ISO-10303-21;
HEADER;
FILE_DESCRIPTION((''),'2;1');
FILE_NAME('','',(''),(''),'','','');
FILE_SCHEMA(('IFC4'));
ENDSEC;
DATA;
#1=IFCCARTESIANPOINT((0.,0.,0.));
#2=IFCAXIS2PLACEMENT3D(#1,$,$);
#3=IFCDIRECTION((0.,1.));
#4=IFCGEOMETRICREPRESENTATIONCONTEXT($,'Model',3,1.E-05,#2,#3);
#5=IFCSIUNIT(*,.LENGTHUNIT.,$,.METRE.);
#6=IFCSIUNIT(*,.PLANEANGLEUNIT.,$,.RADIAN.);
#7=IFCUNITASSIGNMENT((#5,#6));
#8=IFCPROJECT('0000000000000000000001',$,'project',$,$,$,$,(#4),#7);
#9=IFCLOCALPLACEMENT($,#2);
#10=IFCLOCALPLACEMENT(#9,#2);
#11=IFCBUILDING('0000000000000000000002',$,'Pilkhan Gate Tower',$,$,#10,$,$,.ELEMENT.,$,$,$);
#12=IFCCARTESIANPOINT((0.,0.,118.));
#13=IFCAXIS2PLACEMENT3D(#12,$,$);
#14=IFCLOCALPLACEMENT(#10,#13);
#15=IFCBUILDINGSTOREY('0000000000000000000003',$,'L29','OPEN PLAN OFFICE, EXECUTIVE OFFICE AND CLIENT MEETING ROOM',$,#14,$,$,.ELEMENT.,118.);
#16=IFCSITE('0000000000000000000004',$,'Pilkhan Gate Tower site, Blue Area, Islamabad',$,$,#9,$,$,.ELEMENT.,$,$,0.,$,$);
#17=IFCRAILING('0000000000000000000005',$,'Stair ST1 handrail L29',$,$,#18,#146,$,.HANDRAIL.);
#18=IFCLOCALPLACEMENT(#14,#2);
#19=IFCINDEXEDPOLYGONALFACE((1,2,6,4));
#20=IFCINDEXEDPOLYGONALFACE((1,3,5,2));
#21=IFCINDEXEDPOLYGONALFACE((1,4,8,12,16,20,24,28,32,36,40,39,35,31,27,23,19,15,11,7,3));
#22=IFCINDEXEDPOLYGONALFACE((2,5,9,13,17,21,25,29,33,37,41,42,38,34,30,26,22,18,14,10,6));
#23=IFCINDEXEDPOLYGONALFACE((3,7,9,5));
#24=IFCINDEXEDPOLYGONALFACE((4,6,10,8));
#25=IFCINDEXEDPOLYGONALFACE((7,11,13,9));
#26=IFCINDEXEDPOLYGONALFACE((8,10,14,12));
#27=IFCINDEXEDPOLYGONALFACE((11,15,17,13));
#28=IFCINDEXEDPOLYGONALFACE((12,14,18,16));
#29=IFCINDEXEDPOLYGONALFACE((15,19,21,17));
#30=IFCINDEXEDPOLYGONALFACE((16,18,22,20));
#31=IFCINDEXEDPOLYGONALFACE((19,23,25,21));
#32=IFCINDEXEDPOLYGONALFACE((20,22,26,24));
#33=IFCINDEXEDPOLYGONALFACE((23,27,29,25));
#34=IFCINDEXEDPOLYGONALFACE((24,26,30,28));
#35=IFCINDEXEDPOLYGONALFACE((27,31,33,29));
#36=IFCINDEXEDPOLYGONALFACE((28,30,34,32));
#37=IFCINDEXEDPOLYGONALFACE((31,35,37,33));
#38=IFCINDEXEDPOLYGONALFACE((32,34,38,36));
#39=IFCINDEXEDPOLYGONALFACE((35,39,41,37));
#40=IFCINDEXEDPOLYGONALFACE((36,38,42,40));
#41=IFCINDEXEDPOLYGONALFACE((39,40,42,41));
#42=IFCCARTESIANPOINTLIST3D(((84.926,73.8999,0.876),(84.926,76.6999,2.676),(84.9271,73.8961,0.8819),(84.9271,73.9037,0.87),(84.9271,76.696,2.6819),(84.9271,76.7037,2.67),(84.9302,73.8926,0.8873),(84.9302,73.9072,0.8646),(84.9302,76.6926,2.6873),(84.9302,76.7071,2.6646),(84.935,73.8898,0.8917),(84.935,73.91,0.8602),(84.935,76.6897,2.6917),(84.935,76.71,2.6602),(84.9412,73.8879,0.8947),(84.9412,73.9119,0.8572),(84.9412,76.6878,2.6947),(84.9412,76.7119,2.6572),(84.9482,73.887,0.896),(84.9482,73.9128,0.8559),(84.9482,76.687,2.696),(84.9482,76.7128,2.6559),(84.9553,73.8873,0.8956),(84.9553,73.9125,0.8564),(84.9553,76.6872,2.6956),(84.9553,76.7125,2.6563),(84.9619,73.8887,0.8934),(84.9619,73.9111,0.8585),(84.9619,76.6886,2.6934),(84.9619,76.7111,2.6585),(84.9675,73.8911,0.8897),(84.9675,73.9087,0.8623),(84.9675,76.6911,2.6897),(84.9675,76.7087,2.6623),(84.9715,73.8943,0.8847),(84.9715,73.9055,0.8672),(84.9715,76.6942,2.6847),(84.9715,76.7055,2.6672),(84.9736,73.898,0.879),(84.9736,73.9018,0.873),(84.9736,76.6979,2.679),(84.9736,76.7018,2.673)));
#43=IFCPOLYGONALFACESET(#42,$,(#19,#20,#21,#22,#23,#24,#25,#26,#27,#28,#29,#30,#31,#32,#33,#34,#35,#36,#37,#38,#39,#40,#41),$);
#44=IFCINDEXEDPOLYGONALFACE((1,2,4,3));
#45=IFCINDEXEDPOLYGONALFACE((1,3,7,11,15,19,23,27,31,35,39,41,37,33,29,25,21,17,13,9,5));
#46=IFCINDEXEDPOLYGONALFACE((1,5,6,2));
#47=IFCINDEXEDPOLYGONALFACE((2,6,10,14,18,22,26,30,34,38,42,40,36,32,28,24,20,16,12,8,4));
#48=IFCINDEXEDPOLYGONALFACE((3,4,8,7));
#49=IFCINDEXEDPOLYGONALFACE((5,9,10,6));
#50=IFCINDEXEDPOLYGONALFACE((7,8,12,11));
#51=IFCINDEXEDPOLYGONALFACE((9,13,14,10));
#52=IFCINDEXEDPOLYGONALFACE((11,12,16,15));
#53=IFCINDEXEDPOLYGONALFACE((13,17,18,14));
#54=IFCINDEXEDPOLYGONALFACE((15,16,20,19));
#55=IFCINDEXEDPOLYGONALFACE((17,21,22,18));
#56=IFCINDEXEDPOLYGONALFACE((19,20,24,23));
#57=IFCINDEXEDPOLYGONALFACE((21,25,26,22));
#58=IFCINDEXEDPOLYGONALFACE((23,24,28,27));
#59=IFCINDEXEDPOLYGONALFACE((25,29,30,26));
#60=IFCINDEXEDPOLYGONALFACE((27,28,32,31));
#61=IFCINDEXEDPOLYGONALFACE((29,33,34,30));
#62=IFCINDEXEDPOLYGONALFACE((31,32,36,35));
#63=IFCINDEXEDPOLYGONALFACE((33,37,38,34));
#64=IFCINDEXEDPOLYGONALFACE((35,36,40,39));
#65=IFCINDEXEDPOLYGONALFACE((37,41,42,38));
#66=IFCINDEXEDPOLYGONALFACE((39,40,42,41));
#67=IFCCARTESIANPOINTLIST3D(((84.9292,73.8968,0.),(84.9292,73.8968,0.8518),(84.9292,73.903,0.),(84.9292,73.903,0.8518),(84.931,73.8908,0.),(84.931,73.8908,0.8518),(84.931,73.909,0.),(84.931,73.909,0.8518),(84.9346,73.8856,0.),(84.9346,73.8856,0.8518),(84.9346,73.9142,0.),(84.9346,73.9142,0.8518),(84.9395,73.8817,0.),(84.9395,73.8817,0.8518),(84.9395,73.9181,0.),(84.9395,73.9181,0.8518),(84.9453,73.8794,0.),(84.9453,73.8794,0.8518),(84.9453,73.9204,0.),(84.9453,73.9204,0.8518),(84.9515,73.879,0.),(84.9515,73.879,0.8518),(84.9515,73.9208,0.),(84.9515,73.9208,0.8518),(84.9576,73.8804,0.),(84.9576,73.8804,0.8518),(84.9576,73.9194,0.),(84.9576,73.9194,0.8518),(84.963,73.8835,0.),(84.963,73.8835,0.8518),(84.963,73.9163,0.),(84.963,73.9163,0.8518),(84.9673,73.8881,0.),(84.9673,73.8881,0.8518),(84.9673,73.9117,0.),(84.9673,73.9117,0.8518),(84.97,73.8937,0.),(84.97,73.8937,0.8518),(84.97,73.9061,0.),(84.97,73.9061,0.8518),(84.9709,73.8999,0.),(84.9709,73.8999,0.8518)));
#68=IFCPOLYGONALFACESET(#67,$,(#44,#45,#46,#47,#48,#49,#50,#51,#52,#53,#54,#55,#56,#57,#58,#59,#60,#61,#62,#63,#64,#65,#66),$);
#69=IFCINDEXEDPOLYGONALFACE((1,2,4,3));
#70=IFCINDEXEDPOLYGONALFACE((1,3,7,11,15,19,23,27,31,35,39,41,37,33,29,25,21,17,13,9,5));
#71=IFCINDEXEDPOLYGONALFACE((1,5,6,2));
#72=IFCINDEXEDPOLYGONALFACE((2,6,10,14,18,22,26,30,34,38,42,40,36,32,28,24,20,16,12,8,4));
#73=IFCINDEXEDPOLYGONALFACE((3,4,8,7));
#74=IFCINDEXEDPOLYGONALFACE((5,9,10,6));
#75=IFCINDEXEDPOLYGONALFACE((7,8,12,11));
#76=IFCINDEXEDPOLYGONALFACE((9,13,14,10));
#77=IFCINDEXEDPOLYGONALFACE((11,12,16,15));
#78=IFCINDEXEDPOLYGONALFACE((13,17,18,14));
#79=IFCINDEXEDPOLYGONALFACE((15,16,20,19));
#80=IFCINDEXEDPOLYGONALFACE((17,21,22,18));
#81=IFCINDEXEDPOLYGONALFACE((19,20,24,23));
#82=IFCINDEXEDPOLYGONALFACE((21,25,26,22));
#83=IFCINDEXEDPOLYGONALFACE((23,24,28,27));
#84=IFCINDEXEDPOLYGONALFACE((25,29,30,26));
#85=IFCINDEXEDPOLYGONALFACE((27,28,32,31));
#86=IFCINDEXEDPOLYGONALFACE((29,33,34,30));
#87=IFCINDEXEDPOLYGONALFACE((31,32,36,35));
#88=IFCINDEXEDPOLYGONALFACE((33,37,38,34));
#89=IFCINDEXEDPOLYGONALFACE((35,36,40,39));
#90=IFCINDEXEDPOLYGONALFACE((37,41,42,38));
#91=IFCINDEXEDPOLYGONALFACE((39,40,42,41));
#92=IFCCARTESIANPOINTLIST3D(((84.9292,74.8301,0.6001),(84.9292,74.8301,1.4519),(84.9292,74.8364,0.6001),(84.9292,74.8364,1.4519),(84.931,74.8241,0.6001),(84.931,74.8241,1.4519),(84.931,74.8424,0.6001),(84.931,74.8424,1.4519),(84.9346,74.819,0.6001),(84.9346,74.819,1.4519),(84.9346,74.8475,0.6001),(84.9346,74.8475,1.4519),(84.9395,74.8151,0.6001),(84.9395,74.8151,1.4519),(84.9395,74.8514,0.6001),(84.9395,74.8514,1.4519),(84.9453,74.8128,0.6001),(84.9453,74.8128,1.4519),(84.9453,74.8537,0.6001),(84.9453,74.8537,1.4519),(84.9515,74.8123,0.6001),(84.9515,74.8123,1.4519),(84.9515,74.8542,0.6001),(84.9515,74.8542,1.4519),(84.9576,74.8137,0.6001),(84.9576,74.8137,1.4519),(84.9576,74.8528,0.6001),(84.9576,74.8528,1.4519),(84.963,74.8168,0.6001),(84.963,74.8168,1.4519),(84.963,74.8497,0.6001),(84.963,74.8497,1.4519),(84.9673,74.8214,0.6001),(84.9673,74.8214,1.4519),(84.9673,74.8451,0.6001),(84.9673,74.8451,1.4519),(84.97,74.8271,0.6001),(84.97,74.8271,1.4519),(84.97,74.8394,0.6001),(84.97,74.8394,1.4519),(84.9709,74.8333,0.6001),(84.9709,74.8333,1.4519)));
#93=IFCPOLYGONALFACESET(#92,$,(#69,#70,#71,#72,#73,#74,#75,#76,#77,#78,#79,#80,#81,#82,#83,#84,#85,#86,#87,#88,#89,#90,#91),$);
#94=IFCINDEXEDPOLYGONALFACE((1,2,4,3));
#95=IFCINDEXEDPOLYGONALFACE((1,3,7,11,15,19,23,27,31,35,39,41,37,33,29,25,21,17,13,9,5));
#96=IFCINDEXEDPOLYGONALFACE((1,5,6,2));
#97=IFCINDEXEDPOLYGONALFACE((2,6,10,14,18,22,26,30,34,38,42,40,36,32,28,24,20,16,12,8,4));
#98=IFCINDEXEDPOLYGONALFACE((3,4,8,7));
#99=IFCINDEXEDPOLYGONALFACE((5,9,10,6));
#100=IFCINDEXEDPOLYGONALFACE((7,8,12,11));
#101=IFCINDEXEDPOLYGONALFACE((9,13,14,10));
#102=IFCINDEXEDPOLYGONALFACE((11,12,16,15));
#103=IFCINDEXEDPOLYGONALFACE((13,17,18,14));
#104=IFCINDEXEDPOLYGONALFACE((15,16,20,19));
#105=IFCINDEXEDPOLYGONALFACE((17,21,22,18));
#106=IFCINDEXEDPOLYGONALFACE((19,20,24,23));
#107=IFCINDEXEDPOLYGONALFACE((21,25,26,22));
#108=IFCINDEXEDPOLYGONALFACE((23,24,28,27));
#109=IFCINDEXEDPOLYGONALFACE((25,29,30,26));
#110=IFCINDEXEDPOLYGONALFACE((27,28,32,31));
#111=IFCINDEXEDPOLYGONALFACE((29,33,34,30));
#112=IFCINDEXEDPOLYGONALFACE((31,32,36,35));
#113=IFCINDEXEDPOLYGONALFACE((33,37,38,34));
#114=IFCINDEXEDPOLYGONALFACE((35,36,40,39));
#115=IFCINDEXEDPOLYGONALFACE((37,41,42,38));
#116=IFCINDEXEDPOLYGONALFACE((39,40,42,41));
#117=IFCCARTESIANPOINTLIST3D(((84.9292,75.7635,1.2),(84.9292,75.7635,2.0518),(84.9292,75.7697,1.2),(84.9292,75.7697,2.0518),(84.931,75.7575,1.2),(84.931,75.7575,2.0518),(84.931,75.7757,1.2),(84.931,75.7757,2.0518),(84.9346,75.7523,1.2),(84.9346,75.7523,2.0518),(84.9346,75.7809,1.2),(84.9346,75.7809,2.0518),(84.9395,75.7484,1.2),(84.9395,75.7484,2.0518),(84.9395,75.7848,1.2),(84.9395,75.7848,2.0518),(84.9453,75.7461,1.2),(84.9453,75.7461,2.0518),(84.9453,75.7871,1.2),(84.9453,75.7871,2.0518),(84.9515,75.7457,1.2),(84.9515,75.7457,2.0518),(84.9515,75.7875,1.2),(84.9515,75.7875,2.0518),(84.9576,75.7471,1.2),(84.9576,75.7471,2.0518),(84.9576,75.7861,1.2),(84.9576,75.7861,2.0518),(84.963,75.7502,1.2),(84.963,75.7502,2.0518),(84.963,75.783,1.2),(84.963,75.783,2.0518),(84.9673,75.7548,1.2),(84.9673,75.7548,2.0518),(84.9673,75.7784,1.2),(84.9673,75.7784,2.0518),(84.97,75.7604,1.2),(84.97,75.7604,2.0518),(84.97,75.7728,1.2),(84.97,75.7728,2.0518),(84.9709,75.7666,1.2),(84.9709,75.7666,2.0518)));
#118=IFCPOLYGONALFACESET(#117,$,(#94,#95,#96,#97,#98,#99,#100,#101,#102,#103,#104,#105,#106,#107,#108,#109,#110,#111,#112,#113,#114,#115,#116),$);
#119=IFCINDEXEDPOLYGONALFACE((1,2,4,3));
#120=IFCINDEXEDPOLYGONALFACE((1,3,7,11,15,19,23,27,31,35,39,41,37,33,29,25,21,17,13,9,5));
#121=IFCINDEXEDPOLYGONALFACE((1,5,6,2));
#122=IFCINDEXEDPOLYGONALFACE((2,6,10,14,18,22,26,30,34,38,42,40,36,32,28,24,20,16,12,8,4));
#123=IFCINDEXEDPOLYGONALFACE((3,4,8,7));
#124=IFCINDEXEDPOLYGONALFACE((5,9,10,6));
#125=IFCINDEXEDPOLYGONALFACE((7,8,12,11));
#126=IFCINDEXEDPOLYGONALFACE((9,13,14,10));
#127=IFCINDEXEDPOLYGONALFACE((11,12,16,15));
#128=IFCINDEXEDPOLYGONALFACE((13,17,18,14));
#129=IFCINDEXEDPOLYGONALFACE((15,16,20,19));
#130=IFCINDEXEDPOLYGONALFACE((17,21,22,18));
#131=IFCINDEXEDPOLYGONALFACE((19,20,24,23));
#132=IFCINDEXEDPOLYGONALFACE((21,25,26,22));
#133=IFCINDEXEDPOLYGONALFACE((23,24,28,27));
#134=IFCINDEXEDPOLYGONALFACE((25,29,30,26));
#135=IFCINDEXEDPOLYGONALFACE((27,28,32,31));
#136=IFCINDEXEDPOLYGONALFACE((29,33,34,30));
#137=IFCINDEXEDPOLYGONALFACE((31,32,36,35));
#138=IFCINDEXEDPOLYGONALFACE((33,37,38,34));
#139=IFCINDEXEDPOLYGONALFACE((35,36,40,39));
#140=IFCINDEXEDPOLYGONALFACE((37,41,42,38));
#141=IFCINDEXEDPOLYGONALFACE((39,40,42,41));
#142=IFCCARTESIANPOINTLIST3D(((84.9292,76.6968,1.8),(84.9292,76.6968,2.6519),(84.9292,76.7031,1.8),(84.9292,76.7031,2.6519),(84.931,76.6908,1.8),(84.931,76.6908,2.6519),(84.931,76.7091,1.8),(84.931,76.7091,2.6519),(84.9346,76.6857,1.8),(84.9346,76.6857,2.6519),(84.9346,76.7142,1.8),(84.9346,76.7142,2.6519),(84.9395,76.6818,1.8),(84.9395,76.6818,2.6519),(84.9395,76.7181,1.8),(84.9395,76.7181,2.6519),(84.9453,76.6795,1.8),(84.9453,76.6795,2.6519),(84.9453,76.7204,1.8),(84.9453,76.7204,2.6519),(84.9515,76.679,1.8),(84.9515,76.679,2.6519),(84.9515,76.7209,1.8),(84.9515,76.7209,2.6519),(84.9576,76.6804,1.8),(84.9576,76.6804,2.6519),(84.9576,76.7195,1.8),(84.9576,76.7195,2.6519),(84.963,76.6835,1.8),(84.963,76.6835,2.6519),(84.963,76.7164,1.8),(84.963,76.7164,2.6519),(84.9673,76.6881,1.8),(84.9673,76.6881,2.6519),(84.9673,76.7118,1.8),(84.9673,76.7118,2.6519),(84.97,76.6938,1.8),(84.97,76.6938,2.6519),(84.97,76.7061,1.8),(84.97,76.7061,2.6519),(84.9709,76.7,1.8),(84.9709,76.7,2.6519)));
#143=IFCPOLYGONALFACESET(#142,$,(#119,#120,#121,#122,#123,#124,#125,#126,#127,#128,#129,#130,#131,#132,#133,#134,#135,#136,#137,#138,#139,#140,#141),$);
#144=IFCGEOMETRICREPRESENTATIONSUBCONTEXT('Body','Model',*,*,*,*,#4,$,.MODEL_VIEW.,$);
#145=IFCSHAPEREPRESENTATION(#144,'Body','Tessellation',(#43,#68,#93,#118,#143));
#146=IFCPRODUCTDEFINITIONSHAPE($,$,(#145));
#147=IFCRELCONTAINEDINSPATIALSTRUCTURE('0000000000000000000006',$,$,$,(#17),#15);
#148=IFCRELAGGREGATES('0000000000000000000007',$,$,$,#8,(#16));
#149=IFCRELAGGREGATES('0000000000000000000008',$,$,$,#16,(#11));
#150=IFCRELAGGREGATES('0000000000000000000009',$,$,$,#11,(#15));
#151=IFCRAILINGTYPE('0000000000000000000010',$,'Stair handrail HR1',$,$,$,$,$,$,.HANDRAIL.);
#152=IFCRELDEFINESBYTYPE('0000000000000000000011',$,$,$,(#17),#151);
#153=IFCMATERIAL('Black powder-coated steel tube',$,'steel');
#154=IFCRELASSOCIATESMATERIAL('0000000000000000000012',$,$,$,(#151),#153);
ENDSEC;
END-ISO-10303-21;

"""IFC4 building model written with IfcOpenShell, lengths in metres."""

from ifc_helpers import new_model, si_unit, direction, frame, origin, origin_2d, place, context, subcontext, project, spatial, circle, extrude, material, type_object, element, save


model = new_model("IFC4")

# Units and contexts
model_context = context("Model", 3, precision=1e-05, world=origin(), true_north=direction((0.0, 1.0)))
body_context = subcontext(model_context, "Body", "Model", "MODEL_VIEW")
ifc_project = project(units=[si_unit("LENGTHUNIT", "METRE"), si_unit("PLANEANGLEUNIT", "RADIAN")], contexts=[model_context])

# Site, building, storey
site_placement = place(None, origin())
site = spatial("IfcSite", under=ifc_project, at=site_placement, Name="Pilkhan Gate Tower site, Blue Area, Islamabad", CompositionType="ELEMENT", RefElevation=0.0)
building_placement = place(site_placement, origin())
building = spatial("IfcBuilding", under=site, at=building_placement, Name="Pilkhan Gate Tower", CompositionType="ELEMENT")
storey_placement = place(building_placement, frame((0.0, 0.0, 118.0)))
storey = spatial("IfcBuildingStorey", under=building, at=storey_placement, Name="L29", Description="OPEN PLAN OFFICE, EXECUTIVE OFFICE AND CLIENT MEETING ROOM", CompositionType="ELEMENT", Elevation=118.0)

# Railing
ifc_material_1 = material(Name="Black powder-coated steel tube", Category="steel")
railing_type_1 = type_object("IfcRailingType", Name="Stair handrail HR1", PredefinedType="HANDRAIL", material=ifc_material_1)
railing_1_placement = place(storey_placement, frame((84.95, 73.8999, 0.0)))
element("IfcRailing", 1, at=railing_1_placement, inside=storey, type_object=railing_type_1, Name="Stair ST1 handrail L29", PredefinedType="HANDRAIL", context=body_context, shape_type="SweptSolid", body=[
    extrude(circle(Radius=0.0239, at=origin_2d()), frame((0.0, 0.0, 0.876), z_axis=(0.0, 0.841176, 0.540761), x_axis=(-1.0, 0.0, 0.0)), (0.0, 0.0, 1.0), 3.3286),
    extrude(circle(Radius=0.021, at=origin_2d()), origin(), (0.0, 0.0, 1.0), 0.8518),
    extrude(circle(Radius=0.021, at=origin_2d()), frame((0.0, 0.9333, 0.6001)), (0.0, 0.0, 1.0), 0.8518),
    extrude(circle(Radius=0.021, at=origin_2d()), frame((0.0, 1.8667, 1.2)), (0.0, 0.0, 1.0), 0.8518),
    extrude(circle(Radius=0.021, at=origin_2d()), frame((0.0, 2.8, 1.8)), (0.0, 0.0, 1.0), 0.8518),
])

save(model, "model.ifc")
